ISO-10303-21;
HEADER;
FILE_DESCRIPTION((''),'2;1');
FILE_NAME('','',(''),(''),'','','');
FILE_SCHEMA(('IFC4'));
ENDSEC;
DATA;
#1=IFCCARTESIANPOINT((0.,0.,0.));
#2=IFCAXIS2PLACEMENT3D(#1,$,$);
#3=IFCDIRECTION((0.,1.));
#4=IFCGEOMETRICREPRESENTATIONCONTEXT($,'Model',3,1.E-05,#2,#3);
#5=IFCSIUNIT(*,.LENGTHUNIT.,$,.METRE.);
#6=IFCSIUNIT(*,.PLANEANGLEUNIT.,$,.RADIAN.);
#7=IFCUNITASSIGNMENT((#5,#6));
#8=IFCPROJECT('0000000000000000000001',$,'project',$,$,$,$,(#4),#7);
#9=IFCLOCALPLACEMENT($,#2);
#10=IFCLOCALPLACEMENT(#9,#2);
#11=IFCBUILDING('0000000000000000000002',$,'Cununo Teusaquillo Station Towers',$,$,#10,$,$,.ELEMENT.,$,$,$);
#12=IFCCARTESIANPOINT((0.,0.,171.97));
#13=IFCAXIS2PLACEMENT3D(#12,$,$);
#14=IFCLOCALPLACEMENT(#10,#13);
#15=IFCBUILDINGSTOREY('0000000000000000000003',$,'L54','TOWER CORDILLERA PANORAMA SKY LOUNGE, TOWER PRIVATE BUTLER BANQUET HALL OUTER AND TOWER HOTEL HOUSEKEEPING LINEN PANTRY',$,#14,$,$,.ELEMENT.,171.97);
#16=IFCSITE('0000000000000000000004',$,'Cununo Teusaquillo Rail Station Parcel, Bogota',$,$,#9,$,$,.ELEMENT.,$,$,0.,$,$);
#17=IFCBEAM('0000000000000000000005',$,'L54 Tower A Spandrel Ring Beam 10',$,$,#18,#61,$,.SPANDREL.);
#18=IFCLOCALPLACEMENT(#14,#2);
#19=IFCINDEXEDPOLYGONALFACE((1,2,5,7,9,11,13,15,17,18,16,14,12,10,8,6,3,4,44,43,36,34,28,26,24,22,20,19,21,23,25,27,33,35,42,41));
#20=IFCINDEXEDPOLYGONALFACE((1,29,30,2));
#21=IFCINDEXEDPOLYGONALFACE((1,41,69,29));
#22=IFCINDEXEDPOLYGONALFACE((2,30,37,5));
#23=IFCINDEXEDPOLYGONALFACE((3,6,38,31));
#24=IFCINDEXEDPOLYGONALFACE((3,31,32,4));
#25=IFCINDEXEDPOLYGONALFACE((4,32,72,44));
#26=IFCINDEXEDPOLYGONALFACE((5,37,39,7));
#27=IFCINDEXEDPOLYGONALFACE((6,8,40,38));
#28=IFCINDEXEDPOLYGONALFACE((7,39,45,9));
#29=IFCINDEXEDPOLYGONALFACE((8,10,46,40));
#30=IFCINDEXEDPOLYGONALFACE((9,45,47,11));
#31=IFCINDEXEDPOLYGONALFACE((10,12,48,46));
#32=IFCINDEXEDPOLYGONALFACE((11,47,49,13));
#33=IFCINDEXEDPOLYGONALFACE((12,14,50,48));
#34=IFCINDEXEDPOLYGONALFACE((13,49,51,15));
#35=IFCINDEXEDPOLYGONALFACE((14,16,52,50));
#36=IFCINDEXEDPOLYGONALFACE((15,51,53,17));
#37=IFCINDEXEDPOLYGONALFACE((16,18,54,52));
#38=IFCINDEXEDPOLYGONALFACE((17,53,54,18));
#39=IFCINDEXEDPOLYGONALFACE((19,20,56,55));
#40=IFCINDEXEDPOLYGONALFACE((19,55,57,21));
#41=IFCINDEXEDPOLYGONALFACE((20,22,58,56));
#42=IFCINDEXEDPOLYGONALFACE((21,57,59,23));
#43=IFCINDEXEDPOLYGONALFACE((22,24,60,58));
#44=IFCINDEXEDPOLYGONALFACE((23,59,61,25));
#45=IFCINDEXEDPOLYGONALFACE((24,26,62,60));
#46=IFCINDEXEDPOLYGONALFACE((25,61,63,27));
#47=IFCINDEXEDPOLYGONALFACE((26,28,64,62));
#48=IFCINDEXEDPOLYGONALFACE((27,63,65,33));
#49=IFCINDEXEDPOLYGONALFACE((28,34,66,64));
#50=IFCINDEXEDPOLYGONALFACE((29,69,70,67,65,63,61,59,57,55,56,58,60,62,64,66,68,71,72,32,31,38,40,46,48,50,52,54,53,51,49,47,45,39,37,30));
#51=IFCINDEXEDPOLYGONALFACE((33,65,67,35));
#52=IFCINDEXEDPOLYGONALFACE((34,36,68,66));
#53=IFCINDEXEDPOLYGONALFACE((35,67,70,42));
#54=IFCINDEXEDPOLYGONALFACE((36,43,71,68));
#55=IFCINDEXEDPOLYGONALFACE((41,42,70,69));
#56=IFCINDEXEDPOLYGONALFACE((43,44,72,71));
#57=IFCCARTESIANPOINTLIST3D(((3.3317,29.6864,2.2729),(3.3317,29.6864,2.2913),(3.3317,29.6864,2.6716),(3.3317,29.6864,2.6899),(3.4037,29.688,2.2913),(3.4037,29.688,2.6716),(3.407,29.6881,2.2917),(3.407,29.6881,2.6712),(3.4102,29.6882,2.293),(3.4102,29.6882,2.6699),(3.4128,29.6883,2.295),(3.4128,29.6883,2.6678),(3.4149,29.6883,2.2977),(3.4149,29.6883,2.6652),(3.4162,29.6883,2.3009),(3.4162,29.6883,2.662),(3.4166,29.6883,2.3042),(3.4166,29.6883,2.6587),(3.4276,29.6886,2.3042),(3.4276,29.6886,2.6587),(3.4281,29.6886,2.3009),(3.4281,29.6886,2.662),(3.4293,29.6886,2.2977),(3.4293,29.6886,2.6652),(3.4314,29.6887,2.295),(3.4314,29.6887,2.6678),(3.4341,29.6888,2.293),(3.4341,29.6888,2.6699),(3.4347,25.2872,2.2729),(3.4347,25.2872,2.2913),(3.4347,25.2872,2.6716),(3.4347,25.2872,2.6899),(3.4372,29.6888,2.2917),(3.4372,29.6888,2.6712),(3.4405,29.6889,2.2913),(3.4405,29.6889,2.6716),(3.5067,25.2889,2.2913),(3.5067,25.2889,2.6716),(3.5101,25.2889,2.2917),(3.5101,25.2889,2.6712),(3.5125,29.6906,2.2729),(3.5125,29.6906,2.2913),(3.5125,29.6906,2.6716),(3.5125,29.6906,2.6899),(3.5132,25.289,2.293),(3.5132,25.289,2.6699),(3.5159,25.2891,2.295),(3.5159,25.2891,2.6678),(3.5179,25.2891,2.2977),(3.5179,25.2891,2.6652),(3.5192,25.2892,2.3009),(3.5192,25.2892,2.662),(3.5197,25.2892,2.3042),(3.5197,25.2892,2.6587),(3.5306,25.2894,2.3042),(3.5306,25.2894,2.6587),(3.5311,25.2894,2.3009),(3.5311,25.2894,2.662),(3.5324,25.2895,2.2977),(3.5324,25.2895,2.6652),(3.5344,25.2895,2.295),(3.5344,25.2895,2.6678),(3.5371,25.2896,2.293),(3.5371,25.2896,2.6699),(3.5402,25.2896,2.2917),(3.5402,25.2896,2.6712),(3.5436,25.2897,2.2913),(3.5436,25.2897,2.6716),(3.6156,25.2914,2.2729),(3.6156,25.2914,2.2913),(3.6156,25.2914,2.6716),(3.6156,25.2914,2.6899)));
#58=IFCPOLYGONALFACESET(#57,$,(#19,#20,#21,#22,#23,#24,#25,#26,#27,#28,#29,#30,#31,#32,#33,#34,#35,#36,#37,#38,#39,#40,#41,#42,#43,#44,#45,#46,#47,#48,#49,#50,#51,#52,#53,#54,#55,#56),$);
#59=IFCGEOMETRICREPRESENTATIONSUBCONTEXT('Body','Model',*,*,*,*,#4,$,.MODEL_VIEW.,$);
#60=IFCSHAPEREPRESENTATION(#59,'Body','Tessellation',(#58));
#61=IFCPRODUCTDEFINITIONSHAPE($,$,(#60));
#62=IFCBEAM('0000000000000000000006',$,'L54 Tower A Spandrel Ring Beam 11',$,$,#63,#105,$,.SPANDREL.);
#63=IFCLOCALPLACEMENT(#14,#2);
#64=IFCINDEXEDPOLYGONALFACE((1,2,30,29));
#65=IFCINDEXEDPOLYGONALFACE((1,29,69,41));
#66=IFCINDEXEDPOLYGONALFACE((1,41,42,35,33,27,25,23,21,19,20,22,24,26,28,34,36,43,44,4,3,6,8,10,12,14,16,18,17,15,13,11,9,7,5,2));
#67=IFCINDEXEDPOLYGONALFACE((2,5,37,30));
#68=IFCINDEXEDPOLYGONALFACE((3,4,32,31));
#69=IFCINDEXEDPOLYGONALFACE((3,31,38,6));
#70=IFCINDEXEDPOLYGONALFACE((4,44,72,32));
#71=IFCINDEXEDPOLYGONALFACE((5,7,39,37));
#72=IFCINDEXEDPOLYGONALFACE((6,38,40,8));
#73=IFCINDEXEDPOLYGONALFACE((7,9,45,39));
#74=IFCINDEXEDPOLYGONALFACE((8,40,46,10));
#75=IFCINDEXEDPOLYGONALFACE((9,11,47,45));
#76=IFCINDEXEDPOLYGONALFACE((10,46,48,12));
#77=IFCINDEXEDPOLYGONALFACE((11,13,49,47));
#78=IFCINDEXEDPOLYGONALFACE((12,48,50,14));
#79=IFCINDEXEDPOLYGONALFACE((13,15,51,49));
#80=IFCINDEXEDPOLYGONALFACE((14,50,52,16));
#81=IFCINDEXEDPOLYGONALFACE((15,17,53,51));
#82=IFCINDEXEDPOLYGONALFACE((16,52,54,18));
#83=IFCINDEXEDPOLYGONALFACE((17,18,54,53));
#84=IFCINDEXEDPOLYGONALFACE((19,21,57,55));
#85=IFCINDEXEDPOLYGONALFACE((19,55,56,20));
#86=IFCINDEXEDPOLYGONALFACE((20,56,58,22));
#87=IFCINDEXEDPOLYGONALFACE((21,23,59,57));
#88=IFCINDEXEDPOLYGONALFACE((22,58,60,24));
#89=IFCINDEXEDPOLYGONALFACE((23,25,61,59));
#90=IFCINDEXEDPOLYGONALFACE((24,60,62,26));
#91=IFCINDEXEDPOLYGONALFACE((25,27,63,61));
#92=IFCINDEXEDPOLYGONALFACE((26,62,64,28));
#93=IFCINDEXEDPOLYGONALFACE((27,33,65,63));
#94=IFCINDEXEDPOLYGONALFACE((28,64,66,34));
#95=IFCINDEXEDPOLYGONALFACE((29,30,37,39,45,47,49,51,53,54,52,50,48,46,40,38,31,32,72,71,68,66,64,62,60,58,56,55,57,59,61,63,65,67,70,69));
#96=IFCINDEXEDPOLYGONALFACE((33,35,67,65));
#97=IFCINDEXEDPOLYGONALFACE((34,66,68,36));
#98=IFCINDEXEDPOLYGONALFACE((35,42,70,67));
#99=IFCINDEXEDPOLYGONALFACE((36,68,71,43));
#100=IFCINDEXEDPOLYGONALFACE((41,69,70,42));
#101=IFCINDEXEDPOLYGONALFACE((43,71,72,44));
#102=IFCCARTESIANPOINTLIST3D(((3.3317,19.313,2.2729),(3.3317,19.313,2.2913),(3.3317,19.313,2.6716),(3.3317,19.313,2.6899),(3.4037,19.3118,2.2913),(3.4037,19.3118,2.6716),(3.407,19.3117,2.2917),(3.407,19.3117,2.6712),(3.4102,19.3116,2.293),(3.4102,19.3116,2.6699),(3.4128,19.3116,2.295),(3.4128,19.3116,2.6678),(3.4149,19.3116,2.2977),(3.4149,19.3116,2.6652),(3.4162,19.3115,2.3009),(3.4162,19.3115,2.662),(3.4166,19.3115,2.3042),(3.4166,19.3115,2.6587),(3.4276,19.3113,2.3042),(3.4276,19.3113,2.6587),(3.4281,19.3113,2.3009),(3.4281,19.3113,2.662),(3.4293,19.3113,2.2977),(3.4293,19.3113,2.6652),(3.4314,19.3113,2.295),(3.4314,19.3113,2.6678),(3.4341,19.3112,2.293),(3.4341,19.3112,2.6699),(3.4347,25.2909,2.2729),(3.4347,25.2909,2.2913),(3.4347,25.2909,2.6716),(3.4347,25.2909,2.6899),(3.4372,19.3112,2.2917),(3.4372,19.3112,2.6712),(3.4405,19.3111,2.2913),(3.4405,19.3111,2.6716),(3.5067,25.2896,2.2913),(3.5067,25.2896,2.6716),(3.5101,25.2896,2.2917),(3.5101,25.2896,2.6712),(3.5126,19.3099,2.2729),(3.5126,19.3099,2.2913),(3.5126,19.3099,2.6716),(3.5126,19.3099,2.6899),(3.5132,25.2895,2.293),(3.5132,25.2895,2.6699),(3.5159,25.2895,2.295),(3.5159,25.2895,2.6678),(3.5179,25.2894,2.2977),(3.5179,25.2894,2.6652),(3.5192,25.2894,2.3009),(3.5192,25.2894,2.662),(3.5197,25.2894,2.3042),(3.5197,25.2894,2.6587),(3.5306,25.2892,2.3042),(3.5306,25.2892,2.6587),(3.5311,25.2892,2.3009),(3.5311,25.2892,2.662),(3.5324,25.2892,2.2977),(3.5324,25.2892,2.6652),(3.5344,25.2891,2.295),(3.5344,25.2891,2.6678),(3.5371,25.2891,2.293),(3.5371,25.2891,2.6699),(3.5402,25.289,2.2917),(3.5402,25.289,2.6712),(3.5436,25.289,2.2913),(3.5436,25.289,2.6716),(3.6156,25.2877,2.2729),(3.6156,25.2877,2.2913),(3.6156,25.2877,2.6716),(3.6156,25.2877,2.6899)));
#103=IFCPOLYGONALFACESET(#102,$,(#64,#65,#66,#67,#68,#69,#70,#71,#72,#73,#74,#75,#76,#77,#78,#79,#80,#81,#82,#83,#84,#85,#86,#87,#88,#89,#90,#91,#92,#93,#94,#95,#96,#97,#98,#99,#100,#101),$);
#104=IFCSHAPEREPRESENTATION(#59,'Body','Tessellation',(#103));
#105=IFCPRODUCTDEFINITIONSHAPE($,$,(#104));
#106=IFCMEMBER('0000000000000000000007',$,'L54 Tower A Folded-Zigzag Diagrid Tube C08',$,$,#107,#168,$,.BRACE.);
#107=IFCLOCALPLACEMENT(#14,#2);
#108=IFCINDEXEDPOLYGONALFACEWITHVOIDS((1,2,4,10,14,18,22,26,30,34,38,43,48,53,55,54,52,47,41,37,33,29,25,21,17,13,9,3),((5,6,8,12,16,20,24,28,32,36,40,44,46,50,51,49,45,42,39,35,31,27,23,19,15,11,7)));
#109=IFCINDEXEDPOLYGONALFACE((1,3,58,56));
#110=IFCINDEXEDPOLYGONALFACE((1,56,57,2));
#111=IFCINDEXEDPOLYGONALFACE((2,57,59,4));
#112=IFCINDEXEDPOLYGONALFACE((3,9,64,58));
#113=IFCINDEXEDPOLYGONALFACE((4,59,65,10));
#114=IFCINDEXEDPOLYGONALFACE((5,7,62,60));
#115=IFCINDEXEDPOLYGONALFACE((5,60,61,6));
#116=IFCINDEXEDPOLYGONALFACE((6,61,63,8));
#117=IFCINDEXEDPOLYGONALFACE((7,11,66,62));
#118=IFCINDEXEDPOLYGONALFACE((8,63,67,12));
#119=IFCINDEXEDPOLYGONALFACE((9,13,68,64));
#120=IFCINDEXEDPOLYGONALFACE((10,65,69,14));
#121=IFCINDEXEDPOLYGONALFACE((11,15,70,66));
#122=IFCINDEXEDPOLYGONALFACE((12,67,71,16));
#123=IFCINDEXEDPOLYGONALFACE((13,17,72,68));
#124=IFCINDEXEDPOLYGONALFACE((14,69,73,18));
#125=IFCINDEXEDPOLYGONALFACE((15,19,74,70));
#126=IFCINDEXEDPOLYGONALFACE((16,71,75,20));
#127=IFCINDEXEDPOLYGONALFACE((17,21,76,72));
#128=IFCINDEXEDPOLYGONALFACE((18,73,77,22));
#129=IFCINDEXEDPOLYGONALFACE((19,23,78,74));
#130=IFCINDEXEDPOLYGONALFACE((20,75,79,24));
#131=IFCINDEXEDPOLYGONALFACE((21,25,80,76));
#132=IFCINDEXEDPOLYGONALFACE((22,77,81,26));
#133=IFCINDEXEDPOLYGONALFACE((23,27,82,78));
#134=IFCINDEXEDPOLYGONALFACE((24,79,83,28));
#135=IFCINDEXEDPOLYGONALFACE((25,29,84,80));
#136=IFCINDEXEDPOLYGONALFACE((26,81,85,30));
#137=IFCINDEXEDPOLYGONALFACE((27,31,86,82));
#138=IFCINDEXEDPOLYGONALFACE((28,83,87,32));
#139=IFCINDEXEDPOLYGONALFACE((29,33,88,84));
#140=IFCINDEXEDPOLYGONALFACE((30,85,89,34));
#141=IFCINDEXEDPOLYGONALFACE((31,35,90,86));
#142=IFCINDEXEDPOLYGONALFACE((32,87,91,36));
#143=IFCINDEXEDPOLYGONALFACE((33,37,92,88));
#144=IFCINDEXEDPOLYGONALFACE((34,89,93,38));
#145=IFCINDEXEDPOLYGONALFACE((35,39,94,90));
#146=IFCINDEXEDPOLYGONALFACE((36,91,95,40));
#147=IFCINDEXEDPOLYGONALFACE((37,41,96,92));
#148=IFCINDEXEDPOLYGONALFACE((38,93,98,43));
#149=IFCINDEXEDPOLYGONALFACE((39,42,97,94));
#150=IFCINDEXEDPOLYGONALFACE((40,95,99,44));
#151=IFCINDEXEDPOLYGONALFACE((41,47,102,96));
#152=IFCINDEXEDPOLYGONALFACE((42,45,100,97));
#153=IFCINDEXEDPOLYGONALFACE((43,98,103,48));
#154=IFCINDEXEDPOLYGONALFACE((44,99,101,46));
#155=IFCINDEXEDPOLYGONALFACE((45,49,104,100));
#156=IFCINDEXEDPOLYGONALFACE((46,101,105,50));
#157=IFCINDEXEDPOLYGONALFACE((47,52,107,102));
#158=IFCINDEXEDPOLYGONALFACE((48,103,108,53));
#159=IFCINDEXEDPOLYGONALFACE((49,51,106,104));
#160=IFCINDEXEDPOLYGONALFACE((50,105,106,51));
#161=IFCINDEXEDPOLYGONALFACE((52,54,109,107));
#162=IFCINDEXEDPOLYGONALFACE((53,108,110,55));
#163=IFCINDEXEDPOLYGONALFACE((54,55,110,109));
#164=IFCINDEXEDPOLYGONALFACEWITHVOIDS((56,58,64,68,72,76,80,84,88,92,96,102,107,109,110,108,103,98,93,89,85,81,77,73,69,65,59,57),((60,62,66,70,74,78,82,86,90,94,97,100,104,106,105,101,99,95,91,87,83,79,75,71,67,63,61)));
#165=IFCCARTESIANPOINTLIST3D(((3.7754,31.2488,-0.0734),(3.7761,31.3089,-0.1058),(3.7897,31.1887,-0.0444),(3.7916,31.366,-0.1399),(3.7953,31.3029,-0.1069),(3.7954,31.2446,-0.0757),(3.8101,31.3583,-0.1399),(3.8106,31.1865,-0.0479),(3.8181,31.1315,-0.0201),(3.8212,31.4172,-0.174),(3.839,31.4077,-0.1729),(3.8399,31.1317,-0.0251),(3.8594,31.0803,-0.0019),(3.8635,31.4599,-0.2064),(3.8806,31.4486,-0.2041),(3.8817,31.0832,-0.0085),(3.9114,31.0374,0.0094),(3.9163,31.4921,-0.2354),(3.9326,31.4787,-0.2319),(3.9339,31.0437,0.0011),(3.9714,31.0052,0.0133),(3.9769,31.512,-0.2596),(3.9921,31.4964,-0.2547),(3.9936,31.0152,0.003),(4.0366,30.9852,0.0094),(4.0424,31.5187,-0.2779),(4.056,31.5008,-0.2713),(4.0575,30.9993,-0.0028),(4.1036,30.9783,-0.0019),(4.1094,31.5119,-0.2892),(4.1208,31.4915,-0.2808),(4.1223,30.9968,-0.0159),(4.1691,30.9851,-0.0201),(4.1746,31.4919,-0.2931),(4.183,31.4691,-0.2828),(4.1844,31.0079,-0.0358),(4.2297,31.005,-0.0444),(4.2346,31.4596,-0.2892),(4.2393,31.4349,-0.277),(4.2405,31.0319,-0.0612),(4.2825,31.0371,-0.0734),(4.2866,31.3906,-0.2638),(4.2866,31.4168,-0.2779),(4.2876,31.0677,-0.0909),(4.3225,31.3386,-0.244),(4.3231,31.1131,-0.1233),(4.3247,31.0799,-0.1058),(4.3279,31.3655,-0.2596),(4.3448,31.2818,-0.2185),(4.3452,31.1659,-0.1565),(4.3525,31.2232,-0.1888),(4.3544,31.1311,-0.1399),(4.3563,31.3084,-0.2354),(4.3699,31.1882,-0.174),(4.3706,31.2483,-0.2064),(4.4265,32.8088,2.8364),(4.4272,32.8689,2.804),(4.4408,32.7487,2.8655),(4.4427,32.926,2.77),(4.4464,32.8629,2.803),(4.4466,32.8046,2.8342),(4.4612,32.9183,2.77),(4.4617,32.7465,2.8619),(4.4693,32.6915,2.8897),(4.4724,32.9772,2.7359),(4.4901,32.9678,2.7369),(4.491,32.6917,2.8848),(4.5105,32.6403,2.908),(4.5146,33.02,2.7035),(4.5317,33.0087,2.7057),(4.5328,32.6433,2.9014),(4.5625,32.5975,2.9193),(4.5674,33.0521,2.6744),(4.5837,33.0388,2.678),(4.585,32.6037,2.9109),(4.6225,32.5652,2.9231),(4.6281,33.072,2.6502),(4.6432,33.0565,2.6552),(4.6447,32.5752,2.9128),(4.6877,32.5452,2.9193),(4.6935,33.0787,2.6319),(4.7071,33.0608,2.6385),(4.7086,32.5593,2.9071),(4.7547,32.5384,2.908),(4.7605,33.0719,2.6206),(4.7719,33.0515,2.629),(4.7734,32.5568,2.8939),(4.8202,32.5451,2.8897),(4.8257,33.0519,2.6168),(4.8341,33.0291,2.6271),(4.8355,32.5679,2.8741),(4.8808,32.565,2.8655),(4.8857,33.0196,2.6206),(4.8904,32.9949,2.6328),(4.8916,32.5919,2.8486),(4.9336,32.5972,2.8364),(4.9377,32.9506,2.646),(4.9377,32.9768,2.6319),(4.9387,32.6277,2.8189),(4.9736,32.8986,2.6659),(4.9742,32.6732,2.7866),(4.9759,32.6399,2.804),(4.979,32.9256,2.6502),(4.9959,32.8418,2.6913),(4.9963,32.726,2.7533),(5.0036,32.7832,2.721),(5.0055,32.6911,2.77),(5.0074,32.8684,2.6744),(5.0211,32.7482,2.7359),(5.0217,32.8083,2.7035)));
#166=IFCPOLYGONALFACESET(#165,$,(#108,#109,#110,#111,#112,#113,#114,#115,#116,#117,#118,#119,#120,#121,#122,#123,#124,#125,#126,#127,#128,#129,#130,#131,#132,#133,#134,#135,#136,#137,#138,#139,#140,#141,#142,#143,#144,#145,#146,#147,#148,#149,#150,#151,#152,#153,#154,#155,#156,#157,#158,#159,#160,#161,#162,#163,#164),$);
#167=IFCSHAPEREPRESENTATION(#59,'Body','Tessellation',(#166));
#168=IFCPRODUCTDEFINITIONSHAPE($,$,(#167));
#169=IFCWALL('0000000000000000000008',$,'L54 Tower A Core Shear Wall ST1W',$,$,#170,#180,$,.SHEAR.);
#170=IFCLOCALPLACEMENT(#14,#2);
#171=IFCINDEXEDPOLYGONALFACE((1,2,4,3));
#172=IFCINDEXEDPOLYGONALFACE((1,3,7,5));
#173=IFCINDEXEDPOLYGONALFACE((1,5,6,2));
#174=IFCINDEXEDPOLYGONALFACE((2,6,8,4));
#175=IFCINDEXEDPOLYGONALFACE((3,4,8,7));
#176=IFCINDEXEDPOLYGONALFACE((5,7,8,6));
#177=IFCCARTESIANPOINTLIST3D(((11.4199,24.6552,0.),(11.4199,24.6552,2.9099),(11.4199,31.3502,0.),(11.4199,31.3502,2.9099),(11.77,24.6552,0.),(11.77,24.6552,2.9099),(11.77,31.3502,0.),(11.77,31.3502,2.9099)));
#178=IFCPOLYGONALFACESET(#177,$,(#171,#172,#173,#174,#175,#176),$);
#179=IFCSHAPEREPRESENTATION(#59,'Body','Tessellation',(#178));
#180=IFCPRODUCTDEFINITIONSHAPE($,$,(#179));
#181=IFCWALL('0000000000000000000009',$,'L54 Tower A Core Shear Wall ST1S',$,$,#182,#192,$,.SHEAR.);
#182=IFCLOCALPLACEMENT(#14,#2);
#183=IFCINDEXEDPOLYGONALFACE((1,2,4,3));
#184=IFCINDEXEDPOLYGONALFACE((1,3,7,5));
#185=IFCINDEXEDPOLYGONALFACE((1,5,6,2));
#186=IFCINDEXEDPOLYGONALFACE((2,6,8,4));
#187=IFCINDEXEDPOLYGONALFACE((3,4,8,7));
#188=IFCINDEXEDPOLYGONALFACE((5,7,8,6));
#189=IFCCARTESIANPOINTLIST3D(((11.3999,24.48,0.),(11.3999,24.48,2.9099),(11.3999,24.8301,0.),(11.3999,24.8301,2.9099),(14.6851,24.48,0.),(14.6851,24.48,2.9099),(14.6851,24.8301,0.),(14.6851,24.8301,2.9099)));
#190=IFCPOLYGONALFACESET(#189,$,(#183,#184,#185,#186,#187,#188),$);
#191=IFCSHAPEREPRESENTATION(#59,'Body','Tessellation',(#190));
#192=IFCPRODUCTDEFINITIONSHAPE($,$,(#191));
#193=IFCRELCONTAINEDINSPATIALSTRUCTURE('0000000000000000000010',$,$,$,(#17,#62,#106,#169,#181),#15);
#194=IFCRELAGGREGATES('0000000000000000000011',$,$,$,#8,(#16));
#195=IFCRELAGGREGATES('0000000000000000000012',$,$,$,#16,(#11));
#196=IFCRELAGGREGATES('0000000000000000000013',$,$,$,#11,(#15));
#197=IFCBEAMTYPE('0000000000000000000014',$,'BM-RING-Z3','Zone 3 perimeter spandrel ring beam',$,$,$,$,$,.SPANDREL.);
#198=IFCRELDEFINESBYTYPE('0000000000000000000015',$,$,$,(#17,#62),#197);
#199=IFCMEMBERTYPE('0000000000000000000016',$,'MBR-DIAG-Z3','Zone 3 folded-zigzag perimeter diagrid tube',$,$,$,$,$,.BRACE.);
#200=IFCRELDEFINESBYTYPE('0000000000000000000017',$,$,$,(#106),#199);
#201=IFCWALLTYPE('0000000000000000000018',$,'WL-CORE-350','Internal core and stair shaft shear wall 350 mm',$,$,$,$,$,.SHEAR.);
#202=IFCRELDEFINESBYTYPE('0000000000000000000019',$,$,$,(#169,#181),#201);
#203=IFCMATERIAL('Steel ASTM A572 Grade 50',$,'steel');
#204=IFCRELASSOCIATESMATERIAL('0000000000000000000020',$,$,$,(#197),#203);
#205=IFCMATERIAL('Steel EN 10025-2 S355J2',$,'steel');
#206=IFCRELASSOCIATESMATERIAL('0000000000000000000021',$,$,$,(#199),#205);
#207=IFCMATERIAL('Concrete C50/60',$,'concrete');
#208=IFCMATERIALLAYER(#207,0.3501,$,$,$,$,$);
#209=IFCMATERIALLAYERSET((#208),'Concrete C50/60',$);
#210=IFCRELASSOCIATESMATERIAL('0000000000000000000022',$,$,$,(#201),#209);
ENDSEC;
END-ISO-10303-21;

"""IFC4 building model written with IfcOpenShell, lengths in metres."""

from ifc_helpers import new_model, si_unit, direction, frame, frame_2d, origin, origin_2d, place, context, subcontext, project, spatial, rectangle, hollow_circle, i_section, extrude, material, layer, layer_set, material_profile, profile_set, type_object, element, save


model = new_model("IFC4")

# Units and contexts
model_context = context("Model", 3, precision=1e-05, world=origin(), true_north=direction((0.0, 1.0)))
body_context = subcontext(model_context, "Body", "Model", "MODEL_VIEW")
ifc_project = project(units=[si_unit("LENGTHUNIT", "METRE"), si_unit("PLANEANGLEUNIT", "RADIAN")], contexts=[model_context])

# Site, building, storey
site_placement = place(None, origin())
site = spatial("IfcSite", under=ifc_project, at=site_placement, Name="Cununo Teusaquillo Rail Station Parcel, Bogota", CompositionType="ELEMENT", RefElevation=0.0)
building_placement = place(site_placement, origin())
building = spatial("IfcBuilding", under=site, at=building_placement, Name="Cununo Teusaquillo Station Towers", CompositionType="ELEMENT")
storey_placement = place(building_placement, frame((0.0, 0.0, 171.97)))
storey = spatial("IfcBuildingStorey", under=building, at=storey_placement, Name="L54", Description="TOWER CORDILLERA PANORAMA SKY LOUNGE, TOWER PRIVATE BUTLER BANQUET HALL OUTER AND TOWER HOTEL HOUSEKEEPING LINEN PANTRY", CompositionType="ELEMENT", Elevation=171.97)

# Beams
ifc_material_1 = material(Name="Steel ASTM A572 Grade 50", Category="steel")
ifc_material_profile_1 = material_profile(ifc_material_1, i_section(OverallWidth=0.1809, OverallDepth=0.417, WebThickness=0.011, FlangeThickness=0.0183, FilletRadius=0.0129, at=origin_2d()), Name="W16X57")
ifc_profile_set_1 = profile_set([ifc_material_profile_1], Name="Steel ASTM A572 Grade 50")
beam_type_1 = type_object("IfcBeamType", Name="BM-RING-Z3", Description="Zone 3 perimeter spandrel ring beam", PredefinedType="SPANDREL", material=ifc_profile_set_1)
beam_1_placement = place(storey_placement, frame((3.4221, 29.6885, 2.4814), z_axis=(0.023413, -0.999726, 0.0), x_axis=(0.999726, 0.023413, 0.0)))
element("IfcBeam", 1, at=beam_1_placement, inside=storey, type_object=beam_type_1, Name="L54 Tower A Spandrel Ring Beam 10", PredefinedType="SPANDREL", context=body_context, shape_type="SweptSolid", body=[
    extrude(i_section(OverallWidth=0.1809, OverallDepth=0.417, WebThickness=0.011, FlangeThickness=0.0183, FilletRadius=0.0129, at=origin_2d()), origin(), (0.0, 0.0, 1.0), 4.4004),
])
beam_2_placement = place(storey_placement, frame((3.5251, 25.2893, 2.4814), z_axis=(-0.017232, -0.999852, 0.0), x_axis=(0.999852, -0.017232, 0.0)))
element("IfcBeam", 2, at=beam_2_placement, inside=storey, type_object=beam_type_1, Name="L54 Tower A Spandrel Ring Beam 11", PredefinedType="SPANDREL", context=body_context, shape_type="SweptSolid", body=[
    extrude(i_section(OverallWidth=0.1809, OverallDepth=0.417, WebThickness=0.011, FlangeThickness=0.0183, FilletRadius=0.0129, at=origin_2d()), origin(), (0.0, 0.0, 1.0), 5.9788),
])

# Member
ifc_material_2 = material(Name="Steel EN 10025-2 S355J2", Category="steel")
ifc_material_profile_2 = material_profile(ifc_material_2, hollow_circle(Radius=0.3049, WallThickness=0.02, at=origin_2d()), Name="CHS 610x20")
ifc_profile_set_2 = profile_set([ifc_material_profile_2], Name="Steel EN 10025-2 S355J2")
member_type = type_object("IfcMemberType", Name="MBR-DIAG-Z3", Description="Zone 3 folded-zigzag perimeter diagrid tube", PredefinedType="BRACE", material=ifc_profile_set_2)
member_placement = place(storey_placement, frame((4.073, 31.2485, -0.1399), z_axis=(0.193481, 0.46357, 0.864678), x_axis=(-0.922846, 0.385169, 0.0)))
element("IfcMember", 3, at=member_placement, inside=storey, type_object=member_type, Name="L54 Tower A Folded-Zigzag Diagrid Tube C08", PredefinedType="BRACE", context=body_context, shape_type="SweptSolid", body=[
    extrude(hollow_circle(Radius=0.3049, WallThickness=0.02, at=origin_2d()), origin(), (0.0, 0.0, 1.0), 3.3652),
])

# Walls
ifc_material_3 = material(Name="Concrete C50/60", Category="concrete")
ifc_layer_1 = layer(ifc_material_3, 0.3501)
ifc_layer_set_1 = layer_set([ifc_layer_1], Name="Concrete C50/60")
wall_type_1 = type_object("IfcWallType", Name="WL-CORE-350", Description="Internal core and stair shaft shear wall 350 mm", PredefinedType="SHEAR", material=ifc_layer_set_1)
wall_1_placement = place(storey_placement, frame((11.595, 24.655, 0.0), z_axis=(0.0, 0.0, 1.0), x_axis=(0.0, 1.0, 0.0)))
element("IfcWall", 4, at=wall_1_placement, inside=storey, type_object=wall_type_1, Name="L54 Tower A Core Shear Wall ST1W", PredefinedType="SHEAR", context=body_context, shape_type="SweptSolid", body=[
    extrude(rectangle(XDim=6.6951, YDim=0.3501, at=frame_2d((3.3477, 0.0))), origin(), (0.0, 0.0, 1.0), 2.9099),
])
wall_2_placement = place(storey_placement, frame((11.3999, 24.655, 0.0), z_axis=(0.0, 0.0, 1.0), x_axis=(1.0, 0.0, 0.0)))
element("IfcWall", 5, at=wall_2_placement, inside=storey, type_object=wall_type_1, Name="L54 Tower A Core Shear Wall ST1S", PredefinedType="SHEAR", context=body_context, shape_type="SweptSolid", body=[
    extrude(rectangle(XDim=3.2852, YDim=0.3501, at=frame_2d((1.6426, 0.0))), origin(), (0.0, 0.0, 1.0), 2.9099),
])

save(model, "model.ifc")
